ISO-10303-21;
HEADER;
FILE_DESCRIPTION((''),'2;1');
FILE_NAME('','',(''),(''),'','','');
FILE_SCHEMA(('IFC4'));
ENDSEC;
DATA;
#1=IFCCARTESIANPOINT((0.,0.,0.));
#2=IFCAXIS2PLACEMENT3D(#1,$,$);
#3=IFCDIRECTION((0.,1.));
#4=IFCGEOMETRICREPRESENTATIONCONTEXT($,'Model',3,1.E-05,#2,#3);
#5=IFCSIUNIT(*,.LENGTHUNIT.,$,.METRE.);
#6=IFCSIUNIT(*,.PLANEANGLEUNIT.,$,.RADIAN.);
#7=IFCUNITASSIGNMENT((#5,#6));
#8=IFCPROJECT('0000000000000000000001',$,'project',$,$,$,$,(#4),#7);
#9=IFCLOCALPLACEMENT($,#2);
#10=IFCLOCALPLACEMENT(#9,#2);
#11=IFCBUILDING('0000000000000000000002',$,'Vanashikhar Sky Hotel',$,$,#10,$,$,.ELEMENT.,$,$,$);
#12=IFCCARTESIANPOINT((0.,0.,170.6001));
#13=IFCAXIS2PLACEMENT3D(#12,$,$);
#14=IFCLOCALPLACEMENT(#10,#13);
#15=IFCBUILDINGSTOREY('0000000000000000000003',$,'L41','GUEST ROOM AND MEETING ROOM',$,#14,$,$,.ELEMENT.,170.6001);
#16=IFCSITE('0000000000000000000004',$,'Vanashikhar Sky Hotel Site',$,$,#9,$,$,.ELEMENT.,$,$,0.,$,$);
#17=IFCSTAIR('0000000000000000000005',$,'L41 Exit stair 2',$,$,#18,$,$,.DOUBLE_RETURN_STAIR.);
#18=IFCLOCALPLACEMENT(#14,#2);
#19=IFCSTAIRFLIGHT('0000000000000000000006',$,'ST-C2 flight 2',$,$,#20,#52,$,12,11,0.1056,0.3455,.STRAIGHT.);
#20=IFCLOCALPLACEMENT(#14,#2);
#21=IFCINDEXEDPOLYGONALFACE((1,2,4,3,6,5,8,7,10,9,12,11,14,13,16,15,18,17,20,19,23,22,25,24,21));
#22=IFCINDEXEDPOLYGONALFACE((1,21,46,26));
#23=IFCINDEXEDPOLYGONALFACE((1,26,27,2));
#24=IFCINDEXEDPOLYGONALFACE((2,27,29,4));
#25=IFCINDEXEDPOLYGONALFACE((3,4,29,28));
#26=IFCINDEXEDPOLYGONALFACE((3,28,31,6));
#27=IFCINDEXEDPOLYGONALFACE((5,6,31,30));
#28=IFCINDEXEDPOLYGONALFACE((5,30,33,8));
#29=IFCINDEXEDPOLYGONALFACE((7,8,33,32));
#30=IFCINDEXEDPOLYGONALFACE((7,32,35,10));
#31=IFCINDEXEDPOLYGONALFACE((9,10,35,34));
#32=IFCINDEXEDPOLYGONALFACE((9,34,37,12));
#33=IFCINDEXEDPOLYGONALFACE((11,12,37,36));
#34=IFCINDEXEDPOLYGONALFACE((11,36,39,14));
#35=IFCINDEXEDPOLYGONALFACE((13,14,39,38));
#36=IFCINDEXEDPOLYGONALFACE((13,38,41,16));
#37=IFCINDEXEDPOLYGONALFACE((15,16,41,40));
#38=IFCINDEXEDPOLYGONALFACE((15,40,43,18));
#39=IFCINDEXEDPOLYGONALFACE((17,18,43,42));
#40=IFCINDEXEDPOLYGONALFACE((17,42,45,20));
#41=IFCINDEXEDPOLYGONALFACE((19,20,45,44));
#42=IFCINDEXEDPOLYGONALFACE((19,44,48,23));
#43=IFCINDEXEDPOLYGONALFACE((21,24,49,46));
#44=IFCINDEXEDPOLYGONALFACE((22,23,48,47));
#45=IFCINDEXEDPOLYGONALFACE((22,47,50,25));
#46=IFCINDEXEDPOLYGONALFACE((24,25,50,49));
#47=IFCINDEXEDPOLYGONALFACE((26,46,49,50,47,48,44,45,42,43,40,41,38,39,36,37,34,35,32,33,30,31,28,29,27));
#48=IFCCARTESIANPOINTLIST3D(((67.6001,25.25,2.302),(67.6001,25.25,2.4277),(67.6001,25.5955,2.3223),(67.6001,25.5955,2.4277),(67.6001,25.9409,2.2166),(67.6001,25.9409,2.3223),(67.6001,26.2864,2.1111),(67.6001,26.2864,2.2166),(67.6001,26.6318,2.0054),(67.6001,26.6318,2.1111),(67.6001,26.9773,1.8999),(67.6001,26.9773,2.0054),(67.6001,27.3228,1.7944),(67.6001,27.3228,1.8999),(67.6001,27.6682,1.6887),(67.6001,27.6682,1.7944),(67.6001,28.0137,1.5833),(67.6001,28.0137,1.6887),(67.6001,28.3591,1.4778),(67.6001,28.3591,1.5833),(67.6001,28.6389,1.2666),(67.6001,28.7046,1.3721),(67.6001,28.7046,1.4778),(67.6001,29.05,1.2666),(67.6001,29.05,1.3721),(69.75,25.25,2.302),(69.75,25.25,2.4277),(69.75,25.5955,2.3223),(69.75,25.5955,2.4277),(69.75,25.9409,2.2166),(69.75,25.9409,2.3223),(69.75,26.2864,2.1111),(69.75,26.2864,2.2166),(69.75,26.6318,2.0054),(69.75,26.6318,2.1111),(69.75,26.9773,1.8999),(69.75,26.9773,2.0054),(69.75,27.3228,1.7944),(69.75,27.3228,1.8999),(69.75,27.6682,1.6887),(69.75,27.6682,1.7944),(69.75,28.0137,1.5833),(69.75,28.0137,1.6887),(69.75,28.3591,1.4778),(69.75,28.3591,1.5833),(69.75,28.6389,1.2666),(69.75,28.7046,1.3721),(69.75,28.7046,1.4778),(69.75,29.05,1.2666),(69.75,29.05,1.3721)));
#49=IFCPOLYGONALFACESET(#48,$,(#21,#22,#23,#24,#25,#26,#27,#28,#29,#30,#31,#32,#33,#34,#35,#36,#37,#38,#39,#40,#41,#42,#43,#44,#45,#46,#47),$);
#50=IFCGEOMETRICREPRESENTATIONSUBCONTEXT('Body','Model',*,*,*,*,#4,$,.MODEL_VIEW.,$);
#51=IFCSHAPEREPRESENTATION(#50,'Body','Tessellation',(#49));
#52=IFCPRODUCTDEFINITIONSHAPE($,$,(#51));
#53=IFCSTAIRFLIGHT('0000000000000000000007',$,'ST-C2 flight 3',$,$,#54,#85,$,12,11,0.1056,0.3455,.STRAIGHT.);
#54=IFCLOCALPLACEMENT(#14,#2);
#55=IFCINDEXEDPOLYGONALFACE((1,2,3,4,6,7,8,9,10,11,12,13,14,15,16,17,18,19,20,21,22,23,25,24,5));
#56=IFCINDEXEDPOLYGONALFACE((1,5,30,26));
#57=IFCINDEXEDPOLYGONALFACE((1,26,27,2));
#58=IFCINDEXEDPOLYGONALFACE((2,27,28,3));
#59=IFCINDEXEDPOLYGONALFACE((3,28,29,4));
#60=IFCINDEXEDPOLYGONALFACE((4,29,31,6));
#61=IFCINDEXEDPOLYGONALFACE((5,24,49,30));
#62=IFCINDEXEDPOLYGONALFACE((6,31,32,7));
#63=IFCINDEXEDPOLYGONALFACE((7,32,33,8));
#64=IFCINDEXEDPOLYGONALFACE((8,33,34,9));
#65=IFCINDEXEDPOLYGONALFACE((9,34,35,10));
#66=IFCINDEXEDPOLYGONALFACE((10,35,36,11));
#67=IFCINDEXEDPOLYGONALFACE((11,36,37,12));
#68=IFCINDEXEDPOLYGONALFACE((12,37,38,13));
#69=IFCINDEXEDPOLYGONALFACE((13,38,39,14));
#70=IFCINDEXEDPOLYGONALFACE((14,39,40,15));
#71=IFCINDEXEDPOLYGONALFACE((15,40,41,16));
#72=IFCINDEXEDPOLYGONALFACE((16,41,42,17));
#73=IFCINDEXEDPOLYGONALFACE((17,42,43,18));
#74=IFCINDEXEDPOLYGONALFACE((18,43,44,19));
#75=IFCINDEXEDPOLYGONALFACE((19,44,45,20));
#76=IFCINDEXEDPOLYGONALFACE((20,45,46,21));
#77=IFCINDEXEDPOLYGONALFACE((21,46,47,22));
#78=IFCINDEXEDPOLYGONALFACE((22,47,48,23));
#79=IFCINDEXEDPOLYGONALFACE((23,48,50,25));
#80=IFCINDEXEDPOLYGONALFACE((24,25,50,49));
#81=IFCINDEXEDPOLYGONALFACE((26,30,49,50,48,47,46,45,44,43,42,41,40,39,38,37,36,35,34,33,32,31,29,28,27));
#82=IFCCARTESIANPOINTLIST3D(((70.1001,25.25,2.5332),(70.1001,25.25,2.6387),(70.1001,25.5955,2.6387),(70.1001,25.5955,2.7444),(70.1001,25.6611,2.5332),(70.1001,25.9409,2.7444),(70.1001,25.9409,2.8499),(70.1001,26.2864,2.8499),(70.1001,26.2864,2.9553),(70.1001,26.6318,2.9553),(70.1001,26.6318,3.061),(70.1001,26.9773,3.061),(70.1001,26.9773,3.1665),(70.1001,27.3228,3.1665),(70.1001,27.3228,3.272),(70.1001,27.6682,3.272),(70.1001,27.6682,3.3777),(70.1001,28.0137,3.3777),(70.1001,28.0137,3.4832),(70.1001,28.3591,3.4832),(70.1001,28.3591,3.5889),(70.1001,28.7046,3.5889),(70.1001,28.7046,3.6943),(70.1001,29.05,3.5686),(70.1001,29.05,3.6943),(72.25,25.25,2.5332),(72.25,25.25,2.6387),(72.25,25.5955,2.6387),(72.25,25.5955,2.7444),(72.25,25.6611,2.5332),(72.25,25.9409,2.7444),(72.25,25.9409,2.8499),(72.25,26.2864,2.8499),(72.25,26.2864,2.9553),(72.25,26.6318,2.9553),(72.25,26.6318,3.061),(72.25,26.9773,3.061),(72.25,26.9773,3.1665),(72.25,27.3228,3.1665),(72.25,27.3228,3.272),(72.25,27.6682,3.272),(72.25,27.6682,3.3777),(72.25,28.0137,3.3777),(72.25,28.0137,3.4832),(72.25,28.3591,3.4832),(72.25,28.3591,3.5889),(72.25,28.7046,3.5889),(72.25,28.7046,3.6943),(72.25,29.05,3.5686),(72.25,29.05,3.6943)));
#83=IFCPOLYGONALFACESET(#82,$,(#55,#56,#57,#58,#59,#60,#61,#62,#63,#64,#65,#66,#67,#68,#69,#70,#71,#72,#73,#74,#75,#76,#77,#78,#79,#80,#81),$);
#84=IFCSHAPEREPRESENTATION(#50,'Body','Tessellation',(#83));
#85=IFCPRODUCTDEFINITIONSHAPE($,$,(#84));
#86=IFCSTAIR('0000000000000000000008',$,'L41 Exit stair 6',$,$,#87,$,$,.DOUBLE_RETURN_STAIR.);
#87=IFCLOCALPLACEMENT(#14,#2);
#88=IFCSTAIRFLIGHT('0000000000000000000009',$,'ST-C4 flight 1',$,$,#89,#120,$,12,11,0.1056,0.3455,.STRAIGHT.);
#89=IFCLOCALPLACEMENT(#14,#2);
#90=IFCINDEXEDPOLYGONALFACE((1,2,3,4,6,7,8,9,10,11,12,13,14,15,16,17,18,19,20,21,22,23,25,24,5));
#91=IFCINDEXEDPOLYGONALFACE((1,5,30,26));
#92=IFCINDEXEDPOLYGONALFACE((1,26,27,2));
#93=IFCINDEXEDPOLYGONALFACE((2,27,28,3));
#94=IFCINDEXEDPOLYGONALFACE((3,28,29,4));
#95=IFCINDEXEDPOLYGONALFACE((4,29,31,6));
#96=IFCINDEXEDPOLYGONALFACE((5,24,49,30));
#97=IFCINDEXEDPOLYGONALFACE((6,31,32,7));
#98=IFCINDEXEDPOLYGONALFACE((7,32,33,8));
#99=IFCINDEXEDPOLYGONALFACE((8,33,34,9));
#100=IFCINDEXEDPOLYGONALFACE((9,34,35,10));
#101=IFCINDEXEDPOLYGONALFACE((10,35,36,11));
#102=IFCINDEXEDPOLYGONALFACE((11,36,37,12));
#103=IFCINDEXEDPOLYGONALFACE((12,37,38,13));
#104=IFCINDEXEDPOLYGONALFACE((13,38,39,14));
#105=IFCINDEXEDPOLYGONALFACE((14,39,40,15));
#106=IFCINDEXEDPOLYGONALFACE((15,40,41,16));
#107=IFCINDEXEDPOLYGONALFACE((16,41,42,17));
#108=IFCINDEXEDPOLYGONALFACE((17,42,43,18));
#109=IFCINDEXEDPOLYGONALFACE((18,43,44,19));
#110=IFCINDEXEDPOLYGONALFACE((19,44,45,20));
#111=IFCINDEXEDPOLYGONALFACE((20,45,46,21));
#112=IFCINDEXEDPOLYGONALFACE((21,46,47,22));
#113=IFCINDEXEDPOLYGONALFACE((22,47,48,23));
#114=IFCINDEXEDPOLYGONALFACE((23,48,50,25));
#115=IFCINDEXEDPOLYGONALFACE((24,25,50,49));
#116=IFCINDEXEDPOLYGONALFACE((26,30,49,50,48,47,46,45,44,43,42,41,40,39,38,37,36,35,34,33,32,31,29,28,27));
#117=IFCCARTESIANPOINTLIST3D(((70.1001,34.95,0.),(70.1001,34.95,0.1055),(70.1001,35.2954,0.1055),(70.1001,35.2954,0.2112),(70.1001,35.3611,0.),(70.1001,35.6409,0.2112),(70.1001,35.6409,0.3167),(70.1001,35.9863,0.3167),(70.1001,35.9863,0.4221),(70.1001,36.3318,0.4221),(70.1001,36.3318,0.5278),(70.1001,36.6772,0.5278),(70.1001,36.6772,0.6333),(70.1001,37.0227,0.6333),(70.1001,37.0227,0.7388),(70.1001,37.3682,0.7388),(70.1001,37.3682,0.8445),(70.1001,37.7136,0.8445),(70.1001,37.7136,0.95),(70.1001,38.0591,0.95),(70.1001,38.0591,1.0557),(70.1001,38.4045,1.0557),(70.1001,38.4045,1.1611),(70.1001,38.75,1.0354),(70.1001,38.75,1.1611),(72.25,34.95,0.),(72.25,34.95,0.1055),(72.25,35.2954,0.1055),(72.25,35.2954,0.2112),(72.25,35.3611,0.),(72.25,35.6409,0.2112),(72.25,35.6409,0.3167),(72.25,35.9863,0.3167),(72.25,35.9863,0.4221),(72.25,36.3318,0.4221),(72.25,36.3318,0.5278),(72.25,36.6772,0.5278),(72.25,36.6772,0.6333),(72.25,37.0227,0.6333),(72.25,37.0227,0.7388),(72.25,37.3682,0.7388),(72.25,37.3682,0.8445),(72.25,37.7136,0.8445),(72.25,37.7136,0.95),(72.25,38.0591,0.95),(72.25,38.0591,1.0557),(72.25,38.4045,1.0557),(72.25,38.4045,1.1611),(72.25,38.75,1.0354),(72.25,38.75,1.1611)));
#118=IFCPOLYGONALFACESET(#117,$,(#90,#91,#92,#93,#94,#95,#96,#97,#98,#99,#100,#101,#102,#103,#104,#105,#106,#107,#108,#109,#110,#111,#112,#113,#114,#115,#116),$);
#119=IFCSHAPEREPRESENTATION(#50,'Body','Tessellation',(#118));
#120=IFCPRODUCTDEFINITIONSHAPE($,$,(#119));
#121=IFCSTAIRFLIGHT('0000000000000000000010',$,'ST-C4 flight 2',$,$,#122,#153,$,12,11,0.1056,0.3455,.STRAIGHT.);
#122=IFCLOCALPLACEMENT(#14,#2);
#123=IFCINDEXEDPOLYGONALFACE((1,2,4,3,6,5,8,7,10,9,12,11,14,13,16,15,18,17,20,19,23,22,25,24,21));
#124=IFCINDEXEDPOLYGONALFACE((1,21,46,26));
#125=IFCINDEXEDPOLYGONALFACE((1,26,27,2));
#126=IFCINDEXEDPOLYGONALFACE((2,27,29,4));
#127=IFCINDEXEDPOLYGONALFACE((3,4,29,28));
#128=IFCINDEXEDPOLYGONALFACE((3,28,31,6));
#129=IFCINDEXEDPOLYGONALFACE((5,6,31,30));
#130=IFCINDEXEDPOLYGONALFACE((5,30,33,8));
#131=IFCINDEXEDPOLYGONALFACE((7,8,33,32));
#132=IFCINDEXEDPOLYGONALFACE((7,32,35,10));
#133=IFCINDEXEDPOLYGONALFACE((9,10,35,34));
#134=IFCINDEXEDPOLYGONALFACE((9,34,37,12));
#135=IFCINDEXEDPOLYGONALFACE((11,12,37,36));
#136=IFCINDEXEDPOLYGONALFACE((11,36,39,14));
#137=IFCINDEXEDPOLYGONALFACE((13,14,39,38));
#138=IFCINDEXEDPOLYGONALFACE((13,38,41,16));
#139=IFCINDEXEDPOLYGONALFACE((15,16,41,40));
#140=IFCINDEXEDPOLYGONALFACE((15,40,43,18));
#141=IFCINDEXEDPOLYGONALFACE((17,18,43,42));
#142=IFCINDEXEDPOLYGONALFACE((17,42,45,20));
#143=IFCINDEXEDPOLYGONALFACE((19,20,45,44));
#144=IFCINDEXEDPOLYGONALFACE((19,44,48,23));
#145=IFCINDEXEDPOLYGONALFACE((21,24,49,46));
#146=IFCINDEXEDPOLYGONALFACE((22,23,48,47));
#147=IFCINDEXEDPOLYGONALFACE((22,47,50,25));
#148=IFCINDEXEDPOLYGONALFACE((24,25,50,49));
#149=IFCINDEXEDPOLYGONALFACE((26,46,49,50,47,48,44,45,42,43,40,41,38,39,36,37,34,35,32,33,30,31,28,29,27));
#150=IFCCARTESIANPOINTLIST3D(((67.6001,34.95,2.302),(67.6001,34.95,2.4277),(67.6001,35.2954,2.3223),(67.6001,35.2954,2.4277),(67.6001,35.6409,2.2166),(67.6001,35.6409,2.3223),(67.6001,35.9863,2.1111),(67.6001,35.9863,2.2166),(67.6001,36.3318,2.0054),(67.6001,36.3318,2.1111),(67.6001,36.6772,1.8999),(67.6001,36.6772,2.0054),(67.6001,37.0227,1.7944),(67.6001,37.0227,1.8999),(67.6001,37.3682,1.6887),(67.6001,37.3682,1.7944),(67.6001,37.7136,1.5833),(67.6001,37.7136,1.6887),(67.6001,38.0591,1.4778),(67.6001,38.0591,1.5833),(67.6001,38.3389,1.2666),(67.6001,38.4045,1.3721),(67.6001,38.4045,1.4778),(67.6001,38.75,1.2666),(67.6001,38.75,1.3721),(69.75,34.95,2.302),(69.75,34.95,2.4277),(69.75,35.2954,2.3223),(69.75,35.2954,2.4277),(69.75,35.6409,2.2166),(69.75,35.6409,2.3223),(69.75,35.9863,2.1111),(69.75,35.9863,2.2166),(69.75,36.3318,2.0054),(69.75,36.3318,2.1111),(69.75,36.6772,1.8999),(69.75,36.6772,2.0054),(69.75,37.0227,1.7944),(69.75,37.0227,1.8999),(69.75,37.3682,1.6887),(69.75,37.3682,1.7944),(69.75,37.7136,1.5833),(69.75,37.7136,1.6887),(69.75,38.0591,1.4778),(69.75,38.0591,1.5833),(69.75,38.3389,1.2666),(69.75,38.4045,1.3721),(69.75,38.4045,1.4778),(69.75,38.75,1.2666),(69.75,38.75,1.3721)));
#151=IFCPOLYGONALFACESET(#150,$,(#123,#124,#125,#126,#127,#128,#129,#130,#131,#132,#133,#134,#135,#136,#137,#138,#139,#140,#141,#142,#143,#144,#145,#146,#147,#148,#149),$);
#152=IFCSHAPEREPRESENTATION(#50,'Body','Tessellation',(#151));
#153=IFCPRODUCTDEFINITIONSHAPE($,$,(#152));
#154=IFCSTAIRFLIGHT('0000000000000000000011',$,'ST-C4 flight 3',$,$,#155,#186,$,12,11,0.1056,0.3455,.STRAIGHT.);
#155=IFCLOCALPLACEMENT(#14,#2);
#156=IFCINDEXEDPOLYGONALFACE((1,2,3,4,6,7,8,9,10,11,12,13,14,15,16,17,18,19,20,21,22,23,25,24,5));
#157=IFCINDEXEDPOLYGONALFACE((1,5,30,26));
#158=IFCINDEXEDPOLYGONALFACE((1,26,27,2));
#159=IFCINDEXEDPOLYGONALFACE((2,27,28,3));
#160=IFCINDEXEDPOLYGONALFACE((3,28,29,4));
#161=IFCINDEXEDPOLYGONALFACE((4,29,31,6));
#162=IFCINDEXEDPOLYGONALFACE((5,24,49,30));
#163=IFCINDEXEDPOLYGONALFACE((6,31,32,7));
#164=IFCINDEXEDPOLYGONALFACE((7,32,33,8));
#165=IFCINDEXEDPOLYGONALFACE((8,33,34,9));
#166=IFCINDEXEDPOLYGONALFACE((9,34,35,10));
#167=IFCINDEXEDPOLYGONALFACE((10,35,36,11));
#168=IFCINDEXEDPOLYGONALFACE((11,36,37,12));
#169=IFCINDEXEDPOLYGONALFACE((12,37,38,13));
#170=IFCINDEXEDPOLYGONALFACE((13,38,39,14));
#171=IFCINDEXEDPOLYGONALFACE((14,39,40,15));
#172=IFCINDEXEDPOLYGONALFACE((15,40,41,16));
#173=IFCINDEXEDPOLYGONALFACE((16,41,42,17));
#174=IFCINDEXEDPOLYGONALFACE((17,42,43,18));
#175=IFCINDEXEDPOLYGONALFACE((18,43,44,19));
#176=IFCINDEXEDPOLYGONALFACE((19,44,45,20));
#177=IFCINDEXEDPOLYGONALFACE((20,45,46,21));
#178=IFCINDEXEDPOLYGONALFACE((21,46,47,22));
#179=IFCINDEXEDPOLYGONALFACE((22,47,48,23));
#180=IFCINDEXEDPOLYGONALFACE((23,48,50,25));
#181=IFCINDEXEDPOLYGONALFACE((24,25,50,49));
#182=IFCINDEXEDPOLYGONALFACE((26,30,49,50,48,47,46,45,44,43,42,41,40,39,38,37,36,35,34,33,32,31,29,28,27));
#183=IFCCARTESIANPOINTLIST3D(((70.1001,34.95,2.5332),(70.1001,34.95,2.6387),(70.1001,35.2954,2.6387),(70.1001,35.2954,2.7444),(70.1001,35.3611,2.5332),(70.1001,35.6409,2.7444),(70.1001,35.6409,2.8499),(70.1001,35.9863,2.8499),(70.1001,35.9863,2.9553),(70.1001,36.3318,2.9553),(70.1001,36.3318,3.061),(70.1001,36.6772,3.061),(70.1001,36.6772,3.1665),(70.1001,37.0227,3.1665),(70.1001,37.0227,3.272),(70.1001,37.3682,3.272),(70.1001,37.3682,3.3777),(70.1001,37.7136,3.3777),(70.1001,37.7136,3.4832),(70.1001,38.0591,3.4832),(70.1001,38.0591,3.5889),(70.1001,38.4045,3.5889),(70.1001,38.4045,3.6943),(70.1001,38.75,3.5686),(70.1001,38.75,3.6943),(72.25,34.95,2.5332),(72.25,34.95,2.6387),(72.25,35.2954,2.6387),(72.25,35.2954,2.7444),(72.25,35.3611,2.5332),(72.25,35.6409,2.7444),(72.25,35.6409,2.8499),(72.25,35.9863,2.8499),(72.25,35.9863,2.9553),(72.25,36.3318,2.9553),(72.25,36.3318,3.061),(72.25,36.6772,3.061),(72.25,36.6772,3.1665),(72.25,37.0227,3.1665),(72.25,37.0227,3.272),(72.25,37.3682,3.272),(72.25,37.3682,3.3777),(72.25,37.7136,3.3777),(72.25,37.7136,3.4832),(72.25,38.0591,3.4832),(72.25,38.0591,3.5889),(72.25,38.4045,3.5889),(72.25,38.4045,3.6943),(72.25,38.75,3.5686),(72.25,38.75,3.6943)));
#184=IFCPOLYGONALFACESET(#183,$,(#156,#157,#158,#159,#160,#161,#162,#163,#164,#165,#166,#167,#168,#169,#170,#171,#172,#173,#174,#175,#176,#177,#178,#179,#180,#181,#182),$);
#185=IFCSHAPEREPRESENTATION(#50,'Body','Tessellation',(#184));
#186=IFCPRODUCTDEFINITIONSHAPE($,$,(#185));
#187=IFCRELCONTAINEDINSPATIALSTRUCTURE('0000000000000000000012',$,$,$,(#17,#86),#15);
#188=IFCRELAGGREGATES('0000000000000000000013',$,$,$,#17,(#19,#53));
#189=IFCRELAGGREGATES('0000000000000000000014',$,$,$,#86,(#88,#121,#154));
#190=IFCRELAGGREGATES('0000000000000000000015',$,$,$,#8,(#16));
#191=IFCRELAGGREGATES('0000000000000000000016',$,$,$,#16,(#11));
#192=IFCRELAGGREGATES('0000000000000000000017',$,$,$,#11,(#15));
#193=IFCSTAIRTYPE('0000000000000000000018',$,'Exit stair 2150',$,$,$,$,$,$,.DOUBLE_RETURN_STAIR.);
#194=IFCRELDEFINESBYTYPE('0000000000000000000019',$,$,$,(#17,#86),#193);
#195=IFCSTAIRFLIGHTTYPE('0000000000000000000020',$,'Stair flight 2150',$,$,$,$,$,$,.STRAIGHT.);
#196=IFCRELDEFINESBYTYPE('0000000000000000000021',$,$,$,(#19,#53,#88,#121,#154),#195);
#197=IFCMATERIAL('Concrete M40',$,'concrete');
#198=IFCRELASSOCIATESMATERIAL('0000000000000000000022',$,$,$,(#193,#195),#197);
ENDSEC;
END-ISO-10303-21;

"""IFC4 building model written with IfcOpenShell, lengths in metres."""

from ifc_helpers import new_model, si_unit, direction, frame, origin, place, context, subcontext, project, spatial, polyline, outline, extrude, source, transform, mapped, material, type_object, element, aggregate, save


model = new_model("IFC4")

# Units and contexts
model_context = context("Model", 3, precision=1e-05, world=origin(), true_north=direction((0.0, 1.0)))
body_context = subcontext(model_context, "Body", "Model", "MODEL_VIEW")
ifc_project = project(units=[si_unit("LENGTHUNIT", "METRE"), si_unit("PLANEANGLEUNIT", "RADIAN")], contexts=[model_context])

# Site, building, storey
site_placement = place(None, origin())
site = spatial("IfcSite", under=ifc_project, at=site_placement, Name="Vanashikhar Sky Hotel Site", CompositionType="ELEMENT", RefElevation=0.0)
building_placement = place(site_placement, origin())
building = spatial("IfcBuilding", under=site, at=building_placement, Name="Vanashikhar Sky Hotel", CompositionType="ELEMENT")
storey_placement = place(building_placement, frame((0.0, 0.0, 170.6001)))
storey = spatial("IfcBuildingStorey", under=building, at=storey_placement, Name="L41", Description="GUEST ROOM AND MEETING ROOM", CompositionType="ELEMENT", Elevation=170.6001)

# Shared definitions
ifc_material_1 = material(Name="Concrete M40", Category="concrete")

# Stairs, stair flights
stair_type = type_object("IfcStairType", Name="Exit stair 2150", PredefinedType="DOUBLE_RETURN_STAIR", material=ifc_material_1)
stair_1_placement = place(storey_placement, origin())
stair_1 = element("IfcStair", 1, at=stair_1_placement, inside=storey, type_object=stair_type, Name="L41 Exit stair 2", PredefinedType="DOUBLE_RETURN_STAIR")
stair_flight_type = type_object("IfcStairFlightType", Name="Stair flight 2150", PredefinedType="STRAIGHT", material=ifc_material_1)
shared_shape_1 = source(origin(), body_context, "Body", "SweptSolid", [
    extrude(outline(polyline([(0.0, 0.0), (0.0, 0.1055), (0.3455, 0.1055), (0.3455, 0.2112), (0.6909, 0.2112), (0.6909, 0.3167), (1.0364, 0.3167), (1.0364, 0.4221), (1.3818, 0.4221), (1.3818, 0.5278), (1.7273, 0.5278), (1.7273, 0.6333), (2.0728, 0.6333), (2.0728, 0.7388), (2.4182, 0.7388), (2.4182, 0.8445), (2.7637, 0.8445), (2.7637, 0.95), (3.1091, 0.95), (3.1091, 1.0557), (3.4546, 1.0557), (3.4546, 1.1611), (3.8, 1.1611), (3.8, 1.2666), (3.8, 1.0354), (0.4111, 0.0), (0.0, 0.0)])), frame((0.0, 1.075, 0.0), z_axis=(0.0, -1.0, 0.0), x_axis=(1.0, 0.0, 0.0)), (0.0, 0.0, 1.0), 2.1499),
])
stair_flight_1_placement = place(storey_placement, frame((68.675, 29.05, 1.2666), z_axis=(0.0, 0.0, 1.0), x_axis=(0.0, -1.0, 0.0)))
stair_flight_1 = element("IfcStairFlight", 2, at=stair_flight_1_placement, type_object=stair_flight_type, Name="ST-C2 flight 2", NumberOfRisers=12, NumberOfTreads=11, PredefinedType="STRAIGHT", RiserHeight=0.1056, TreadLength=0.3455, context=body_context, shape_type="MappedRepresentation", body=[
    mapped(shared_shape_1, transform((0.0, 0.0, 0.0), scale=1.0)),
])
stair_flight_2_placement = place(storey_placement, frame((71.175, 25.25, 2.5332), z_axis=(0.0, 0.0, 1.0), x_axis=(0.0, 1.0, 0.0)))
stair_flight_2 = element("IfcStairFlight", 3, at=stair_flight_2_placement, type_object=stair_flight_type, Name="ST-C2 flight 3", NumberOfRisers=12, NumberOfTreads=11, PredefinedType="STRAIGHT", RiserHeight=0.1056, TreadLength=0.3455, context=body_context, shape_type="MappedRepresentation", body=[
    mapped(shared_shape_1, transform((0.0, 0.0, 0.0), scale=1.0)),
])
aggregate(stair_1, [stair_flight_1, stair_flight_2])
stair_2_placement = place(storey_placement, origin())
stair_2 = element("IfcStair", 4, at=stair_2_placement, inside=storey, type_object=stair_type, Name="L41 Exit stair 6", PredefinedType="DOUBLE_RETURN_STAIR")
stair_flight_3_placement = place(storey_placement, frame((71.175, 34.95, 0.0), z_axis=(0.0, 0.0, 1.0), x_axis=(0.0, 1.0, 0.0)))
stair_flight_3 = element("IfcStairFlight", 5, at=stair_flight_3_placement, type_object=stair_flight_type, Name="ST-C4 flight 1", NumberOfRisers=12, NumberOfTreads=11, PredefinedType="STRAIGHT", RiserHeight=0.1056, TreadLength=0.3455, context=body_context, shape_type="MappedRepresentation", body=[
    mapped(shared_shape_1, transform((0.0, 0.0, 0.0), scale=1.0)),
])
stair_flight_4_placement = place(storey_placement, frame((68.675, 38.75, 1.2666), z_axis=(0.0, 0.0, 1.0), x_axis=(0.0, -1.0, 0.0)))
stair_flight_4 = element("IfcStairFlight", 6, at=stair_flight_4_placement, type_object=stair_flight_type, Name="ST-C4 flight 2", NumberOfRisers=12, NumberOfTreads=11, PredefinedType="STRAIGHT", RiserHeight=0.1056, TreadLength=0.3455, context=body_context, shape_type="MappedRepresentation", body=[
    mapped(shared_shape_1, transform((0.0, 0.0, 0.0), scale=1.0)),
])
stair_flight_5_placement = place(storey_placement, frame((71.175, 34.95, 2.5332), z_axis=(0.0, 0.0, 1.0), x_axis=(0.0, 1.0, 0.0)))
stair_flight_5 = element("IfcStairFlight", 7, at=stair_flight_5_placement, type_object=stair_flight_type, Name="ST-C4 flight 3", NumberOfRisers=12, NumberOfTreads=11, PredefinedType="STRAIGHT", RiserHeight=0.1056, TreadLength=0.3455, context=body_context, shape_type="MappedRepresentation", body=[
    mapped(shared_shape_1, transform((0.0, 0.0, 0.0), scale=1.0)),
])
aggregate(stair_2, [stair_flight_3, stair_flight_4, stair_flight_5])

save(model, "model.ifc")
